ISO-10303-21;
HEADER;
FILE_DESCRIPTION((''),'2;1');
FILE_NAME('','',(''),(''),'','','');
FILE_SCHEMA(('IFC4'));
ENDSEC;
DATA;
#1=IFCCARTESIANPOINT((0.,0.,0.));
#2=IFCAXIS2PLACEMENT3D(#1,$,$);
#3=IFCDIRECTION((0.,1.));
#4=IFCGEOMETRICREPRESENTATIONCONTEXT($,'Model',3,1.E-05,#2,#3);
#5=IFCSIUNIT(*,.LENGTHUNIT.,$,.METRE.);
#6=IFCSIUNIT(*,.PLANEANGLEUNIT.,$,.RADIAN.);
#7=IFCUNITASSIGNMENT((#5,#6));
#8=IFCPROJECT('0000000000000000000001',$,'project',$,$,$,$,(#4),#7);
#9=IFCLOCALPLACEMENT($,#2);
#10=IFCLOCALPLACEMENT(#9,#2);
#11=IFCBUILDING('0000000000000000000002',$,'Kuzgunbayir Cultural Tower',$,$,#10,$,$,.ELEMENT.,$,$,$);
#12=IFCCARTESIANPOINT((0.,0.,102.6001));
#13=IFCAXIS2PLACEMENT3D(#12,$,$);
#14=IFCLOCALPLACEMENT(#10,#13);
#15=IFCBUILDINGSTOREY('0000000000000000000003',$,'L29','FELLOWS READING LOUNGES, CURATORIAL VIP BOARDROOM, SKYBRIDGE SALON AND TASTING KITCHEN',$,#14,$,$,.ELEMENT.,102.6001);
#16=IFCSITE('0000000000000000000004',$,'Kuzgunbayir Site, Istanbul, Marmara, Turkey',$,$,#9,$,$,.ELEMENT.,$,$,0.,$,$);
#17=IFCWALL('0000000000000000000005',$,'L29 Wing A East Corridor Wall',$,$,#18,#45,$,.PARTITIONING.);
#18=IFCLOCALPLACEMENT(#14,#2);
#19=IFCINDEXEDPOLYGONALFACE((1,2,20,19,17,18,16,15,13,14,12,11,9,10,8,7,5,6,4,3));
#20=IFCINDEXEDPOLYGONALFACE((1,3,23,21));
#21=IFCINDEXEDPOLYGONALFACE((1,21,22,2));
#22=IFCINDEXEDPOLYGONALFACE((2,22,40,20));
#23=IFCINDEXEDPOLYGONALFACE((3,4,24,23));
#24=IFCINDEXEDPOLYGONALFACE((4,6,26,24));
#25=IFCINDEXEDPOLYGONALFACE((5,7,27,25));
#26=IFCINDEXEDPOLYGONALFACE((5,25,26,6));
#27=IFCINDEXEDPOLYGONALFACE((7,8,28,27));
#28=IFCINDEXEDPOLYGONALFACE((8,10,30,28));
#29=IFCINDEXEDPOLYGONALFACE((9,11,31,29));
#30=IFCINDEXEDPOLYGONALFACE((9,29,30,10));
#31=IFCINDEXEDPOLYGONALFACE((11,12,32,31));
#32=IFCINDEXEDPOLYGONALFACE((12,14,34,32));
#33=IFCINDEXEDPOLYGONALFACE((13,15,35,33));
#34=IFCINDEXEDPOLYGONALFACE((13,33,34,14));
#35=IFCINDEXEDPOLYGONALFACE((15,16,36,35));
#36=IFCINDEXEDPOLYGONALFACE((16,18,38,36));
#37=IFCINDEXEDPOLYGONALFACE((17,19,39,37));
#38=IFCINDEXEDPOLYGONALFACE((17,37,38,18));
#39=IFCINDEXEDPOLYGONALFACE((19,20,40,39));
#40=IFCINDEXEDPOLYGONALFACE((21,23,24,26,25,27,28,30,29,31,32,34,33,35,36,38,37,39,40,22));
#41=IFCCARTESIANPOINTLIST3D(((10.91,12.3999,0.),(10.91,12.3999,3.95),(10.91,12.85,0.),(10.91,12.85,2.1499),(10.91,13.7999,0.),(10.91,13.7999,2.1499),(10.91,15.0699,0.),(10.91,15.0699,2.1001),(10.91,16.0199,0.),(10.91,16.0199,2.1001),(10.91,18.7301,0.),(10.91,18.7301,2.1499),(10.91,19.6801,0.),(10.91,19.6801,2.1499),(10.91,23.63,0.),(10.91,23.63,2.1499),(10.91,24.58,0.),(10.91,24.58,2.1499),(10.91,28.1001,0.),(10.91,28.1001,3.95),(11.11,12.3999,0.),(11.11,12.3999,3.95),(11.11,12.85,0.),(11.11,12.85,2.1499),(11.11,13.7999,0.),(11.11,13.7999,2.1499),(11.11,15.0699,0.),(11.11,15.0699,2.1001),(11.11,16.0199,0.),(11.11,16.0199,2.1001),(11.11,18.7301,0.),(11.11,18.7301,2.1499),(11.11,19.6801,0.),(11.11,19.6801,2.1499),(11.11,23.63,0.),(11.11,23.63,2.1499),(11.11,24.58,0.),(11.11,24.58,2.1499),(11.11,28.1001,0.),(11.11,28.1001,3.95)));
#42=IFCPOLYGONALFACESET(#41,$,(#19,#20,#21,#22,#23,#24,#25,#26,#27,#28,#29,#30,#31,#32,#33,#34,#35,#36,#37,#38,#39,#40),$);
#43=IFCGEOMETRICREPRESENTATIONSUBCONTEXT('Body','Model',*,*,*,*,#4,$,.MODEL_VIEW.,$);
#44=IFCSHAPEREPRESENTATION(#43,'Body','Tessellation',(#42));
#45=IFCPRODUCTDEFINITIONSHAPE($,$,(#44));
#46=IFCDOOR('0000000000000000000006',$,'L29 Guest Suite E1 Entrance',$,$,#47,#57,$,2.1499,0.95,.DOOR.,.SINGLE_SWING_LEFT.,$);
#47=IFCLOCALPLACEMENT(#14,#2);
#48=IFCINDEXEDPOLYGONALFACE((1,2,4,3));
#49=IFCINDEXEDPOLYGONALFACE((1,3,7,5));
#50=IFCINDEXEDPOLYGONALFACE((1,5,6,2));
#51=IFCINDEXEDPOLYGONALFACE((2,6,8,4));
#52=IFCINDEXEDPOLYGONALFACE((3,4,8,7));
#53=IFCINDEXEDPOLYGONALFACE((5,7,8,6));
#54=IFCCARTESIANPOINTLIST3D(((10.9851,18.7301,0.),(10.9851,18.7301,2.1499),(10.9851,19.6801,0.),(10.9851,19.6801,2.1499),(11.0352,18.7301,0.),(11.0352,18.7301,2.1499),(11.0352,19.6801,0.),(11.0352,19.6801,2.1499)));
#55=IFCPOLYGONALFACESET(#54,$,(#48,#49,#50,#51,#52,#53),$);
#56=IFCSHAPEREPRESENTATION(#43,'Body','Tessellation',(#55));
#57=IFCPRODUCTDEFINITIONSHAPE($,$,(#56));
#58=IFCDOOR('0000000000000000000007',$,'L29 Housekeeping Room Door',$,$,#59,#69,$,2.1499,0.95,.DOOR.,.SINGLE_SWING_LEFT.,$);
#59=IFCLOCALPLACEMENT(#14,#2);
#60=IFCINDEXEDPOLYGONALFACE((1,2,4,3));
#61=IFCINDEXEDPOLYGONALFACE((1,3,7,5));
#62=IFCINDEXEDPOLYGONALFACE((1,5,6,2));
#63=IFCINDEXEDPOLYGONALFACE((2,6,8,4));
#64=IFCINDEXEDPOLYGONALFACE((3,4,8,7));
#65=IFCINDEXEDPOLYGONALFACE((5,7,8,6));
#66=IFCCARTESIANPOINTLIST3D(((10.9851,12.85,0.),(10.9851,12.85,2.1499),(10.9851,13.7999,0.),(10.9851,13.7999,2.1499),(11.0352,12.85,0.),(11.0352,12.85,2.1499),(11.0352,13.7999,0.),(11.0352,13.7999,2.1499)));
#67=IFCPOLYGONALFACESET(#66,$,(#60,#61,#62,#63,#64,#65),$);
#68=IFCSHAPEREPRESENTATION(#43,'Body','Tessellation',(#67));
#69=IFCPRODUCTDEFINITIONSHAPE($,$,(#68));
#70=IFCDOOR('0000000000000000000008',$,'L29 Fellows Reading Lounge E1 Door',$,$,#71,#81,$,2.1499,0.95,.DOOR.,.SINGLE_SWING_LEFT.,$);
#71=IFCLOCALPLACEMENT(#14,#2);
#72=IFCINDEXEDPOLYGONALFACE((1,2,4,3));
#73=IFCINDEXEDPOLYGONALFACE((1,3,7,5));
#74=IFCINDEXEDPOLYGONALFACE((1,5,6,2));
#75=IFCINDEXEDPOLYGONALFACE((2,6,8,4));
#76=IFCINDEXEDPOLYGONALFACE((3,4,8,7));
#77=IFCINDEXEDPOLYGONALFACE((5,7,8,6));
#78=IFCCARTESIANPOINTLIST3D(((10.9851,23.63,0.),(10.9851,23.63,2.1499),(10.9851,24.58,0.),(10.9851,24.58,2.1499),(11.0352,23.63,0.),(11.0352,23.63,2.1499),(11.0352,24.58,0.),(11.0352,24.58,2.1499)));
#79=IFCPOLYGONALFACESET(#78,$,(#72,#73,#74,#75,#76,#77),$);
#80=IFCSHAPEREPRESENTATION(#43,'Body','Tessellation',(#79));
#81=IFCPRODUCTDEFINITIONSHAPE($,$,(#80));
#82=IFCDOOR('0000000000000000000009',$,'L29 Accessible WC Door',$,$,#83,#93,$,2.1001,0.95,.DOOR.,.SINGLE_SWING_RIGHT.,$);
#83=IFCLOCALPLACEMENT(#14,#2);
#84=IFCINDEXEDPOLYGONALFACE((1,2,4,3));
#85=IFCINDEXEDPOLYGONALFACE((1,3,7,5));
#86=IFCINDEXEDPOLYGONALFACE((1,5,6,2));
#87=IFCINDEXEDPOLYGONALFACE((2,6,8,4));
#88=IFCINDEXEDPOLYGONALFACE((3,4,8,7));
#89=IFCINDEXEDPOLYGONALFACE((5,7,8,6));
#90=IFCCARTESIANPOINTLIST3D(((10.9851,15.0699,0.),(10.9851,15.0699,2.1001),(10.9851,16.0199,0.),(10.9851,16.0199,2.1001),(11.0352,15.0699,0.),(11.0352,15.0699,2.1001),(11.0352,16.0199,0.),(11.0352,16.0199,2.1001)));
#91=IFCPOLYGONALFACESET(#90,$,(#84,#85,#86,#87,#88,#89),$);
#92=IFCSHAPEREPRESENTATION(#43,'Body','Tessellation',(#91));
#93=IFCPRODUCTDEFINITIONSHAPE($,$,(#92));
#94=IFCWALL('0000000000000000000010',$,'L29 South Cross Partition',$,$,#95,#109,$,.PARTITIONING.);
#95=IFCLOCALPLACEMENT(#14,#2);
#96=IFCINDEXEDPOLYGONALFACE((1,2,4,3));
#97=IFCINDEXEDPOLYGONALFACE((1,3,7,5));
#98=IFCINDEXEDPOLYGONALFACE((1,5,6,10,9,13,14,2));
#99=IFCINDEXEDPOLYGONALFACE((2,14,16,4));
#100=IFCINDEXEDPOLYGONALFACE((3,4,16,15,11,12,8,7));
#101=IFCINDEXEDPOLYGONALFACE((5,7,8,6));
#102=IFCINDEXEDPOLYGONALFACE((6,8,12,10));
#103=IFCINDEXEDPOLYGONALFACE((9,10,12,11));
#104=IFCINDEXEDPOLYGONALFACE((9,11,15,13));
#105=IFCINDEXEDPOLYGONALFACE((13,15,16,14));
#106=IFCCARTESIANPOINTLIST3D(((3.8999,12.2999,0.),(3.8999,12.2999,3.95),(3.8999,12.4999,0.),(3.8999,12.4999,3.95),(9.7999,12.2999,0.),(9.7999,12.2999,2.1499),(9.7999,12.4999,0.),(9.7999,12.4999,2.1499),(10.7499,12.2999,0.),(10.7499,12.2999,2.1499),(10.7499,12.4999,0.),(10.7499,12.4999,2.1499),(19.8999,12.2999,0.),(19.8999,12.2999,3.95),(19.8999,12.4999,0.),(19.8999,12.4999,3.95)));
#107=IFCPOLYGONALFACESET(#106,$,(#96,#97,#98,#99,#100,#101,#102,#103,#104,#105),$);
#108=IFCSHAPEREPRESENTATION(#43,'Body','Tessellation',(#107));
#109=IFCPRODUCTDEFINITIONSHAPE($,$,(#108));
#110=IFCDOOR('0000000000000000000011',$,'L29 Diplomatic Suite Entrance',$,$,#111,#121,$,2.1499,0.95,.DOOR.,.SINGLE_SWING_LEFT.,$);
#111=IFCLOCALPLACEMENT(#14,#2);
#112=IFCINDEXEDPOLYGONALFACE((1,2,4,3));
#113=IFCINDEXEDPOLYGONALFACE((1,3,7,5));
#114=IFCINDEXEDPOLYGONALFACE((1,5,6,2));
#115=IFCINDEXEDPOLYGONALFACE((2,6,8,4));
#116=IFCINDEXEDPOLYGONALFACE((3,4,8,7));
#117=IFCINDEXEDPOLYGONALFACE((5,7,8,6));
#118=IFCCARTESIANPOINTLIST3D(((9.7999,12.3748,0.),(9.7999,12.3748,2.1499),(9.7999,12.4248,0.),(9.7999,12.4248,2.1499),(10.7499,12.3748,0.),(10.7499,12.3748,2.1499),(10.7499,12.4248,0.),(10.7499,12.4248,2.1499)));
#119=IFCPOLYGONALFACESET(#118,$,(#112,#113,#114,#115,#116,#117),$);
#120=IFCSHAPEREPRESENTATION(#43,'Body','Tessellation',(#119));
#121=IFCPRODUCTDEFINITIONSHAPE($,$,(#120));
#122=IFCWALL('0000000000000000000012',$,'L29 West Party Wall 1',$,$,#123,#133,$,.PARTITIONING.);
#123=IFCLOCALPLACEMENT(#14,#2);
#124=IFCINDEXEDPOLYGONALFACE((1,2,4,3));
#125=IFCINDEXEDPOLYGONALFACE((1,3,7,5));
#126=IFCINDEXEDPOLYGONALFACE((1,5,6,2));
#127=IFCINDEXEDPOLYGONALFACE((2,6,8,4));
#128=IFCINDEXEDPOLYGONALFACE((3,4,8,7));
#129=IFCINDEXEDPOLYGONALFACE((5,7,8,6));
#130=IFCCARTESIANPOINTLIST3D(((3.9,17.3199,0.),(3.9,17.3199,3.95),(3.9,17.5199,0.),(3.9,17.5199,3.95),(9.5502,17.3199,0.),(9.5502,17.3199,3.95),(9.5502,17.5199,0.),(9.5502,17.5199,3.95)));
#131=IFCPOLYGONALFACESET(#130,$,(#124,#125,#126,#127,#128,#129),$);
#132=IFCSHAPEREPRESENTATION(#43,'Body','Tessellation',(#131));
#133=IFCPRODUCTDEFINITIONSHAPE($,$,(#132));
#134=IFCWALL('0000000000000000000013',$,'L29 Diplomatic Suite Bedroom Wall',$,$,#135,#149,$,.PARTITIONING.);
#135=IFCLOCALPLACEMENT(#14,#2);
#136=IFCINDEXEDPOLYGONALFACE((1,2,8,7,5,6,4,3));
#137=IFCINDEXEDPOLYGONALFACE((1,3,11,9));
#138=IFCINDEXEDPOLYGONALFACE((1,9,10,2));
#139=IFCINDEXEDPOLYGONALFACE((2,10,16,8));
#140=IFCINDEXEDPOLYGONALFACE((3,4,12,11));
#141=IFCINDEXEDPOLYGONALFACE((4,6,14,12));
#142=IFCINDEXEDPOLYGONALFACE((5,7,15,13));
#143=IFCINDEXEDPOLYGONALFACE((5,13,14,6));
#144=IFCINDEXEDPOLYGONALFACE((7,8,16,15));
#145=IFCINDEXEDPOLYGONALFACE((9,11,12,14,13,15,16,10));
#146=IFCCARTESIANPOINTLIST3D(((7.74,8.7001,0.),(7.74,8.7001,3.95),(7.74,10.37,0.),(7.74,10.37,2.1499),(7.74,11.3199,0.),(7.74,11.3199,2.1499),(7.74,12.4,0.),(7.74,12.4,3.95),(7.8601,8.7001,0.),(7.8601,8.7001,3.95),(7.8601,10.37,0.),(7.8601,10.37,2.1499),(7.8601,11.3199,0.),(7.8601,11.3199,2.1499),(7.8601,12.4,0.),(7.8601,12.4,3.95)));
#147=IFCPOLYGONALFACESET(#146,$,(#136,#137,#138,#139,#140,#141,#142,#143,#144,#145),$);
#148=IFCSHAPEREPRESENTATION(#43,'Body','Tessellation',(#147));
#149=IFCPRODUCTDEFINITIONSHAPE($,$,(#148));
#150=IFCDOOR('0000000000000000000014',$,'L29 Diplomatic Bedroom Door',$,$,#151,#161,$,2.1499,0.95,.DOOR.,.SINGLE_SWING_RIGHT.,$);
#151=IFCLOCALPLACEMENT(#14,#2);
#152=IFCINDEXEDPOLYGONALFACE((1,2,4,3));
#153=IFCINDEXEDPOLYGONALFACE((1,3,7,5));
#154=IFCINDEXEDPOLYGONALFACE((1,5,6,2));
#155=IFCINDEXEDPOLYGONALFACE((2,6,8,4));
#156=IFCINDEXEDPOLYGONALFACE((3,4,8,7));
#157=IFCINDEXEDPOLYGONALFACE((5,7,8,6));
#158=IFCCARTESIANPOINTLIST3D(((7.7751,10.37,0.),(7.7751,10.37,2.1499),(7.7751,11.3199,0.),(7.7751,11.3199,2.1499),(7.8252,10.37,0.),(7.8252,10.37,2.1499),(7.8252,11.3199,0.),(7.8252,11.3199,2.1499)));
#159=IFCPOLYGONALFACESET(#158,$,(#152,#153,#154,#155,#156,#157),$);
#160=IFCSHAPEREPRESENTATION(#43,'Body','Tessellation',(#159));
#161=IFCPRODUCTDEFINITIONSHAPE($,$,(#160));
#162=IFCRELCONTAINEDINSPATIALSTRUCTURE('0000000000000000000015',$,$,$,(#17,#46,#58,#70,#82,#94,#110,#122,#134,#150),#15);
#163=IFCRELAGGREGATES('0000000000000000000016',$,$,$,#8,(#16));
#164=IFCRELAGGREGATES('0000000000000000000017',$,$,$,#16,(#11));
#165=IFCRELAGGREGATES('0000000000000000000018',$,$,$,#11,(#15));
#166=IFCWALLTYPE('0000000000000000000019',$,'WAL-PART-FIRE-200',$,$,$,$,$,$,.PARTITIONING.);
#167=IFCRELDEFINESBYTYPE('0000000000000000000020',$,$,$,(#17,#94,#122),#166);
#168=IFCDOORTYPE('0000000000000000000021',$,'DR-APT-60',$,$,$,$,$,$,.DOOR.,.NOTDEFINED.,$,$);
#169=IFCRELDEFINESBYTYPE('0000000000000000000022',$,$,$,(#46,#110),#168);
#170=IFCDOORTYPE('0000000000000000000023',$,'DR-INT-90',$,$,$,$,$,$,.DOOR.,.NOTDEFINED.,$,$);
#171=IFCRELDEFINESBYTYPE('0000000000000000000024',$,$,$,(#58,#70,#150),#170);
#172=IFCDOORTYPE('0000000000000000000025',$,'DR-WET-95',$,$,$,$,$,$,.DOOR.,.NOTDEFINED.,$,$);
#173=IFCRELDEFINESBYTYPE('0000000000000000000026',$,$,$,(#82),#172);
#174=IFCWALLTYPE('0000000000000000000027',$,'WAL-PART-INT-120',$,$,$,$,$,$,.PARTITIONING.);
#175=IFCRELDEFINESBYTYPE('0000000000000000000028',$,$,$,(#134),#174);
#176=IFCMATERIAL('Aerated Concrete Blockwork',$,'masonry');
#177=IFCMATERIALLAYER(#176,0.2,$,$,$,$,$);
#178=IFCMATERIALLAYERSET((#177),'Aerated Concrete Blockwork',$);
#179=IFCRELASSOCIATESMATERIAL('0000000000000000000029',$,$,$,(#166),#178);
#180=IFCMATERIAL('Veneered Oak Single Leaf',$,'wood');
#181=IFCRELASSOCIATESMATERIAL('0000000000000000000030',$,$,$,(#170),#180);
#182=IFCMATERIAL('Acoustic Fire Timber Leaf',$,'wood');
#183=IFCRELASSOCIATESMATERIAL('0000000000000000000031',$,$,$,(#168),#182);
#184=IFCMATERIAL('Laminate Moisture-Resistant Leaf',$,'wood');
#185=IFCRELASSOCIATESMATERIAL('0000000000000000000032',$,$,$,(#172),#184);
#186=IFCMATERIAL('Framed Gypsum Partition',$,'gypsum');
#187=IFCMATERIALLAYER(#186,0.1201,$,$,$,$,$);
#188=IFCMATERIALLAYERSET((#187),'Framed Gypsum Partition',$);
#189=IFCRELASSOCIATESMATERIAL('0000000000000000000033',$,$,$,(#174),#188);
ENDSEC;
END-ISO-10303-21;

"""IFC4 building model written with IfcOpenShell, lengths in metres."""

from ifc_helpers import new_model, si_unit, direction, frame, frame_2d, origin, place, context, subcontext, project, spatial, rectangle, extrude, material, layer, layer_set, type_object, element, fill, save


model = new_model("IFC4")

# Units and contexts
model_context = context("Model", 3, precision=1e-05, world=origin(), true_north=direction((0.0, 1.0)))
body_context = subcontext(model_context, "Body", "Model", "MODEL_VIEW")
ifc_project = project(units=[si_unit("LENGTHUNIT", "METRE"), si_unit("PLANEANGLEUNIT", "RADIAN")], contexts=[model_context])

# Site, building, storey
site_placement = place(None, origin())
site = spatial("IfcSite", under=ifc_project, at=site_placement, Name="Kuzgunbayir Site, Istanbul, Marmara, Turkey", CompositionType="ELEMENT", RefElevation=0.0)
building_placement = place(site_placement, origin())
building = spatial("IfcBuilding", under=site, at=building_placement, Name="Kuzgunbayir Cultural Tower", CompositionType="ELEMENT")
storey_placement = place(building_placement, frame((0.0, 0.0, 102.6001)))
storey = spatial("IfcBuildingStorey", under=building, at=storey_placement, Name="L29", Description="FELLOWS READING LOUNGES, CURATORIAL VIP BOARDROOM, SKYBRIDGE SALON AND TASTING KITCHEN", CompositionType="ELEMENT", Elevation=102.6001)

# Wall, openings, doors
ifc_material_1 = material(Name="Aerated Concrete Blockwork", Category="masonry")
ifc_layer_1 = layer(ifc_material_1, 0.2)
ifc_layer_set_1 = layer_set([ifc_layer_1], Name="Aerated Concrete Blockwork")
wall_type_1 = type_object("IfcWallType", Name="WAL-PART-FIRE-200", PredefinedType="PARTITIONING", material=ifc_layer_set_1)
ifc_material_2 = material(Name="Veneered Oak Single Leaf", Category="wood")
door_type_1 = type_object("IfcDoorType", Name="DR-INT-90", OperationType="NOTDEFINED", PredefinedType="DOOR", material=ifc_material_2)
wall_1_placement = place(storey_placement, frame((11.01, 12.3999, 0.0), z_axis=(0.0, 0.0, 1.0), x_axis=(0.0, 1.0, 0.0)))
wall_1 = element("IfcWall", 1, at=wall_1_placement, inside=storey, type_object=wall_type_1, Name="L29 Wing A East Corridor Wall", PredefinedType="PARTITIONING", context=body_context, shape_type="SweptSolid", body=[
    extrude(rectangle(XDim=15.7002, YDim=0.2, at=frame_2d((7.8501, 0.0))), origin(), (0.0, 0.0, 1.0), 3.95),
])
opening_1_placement = place(wall_1_placement, frame((0.45, 0.0, 0.0)))
opening_1 = element("IfcOpeningElement", 2, at=opening_1_placement, cuts=wall_1, PredefinedType="OPENING", context=body_context, shape_type="SweptSolid", body=[
    extrude(rectangle(XDim=0.95, YDim=2.1499, at=frame_2d((0.4751, 1.075))), frame((0.0, 0.1099, 0.0), z_axis=(0.0, -1.0, 0.0), x_axis=(1.0, 0.0, 0.0)), (0.0, 0.0, 1.0), 0.22),
])
opening_2_placement = place(wall_1_placement, frame((2.6699, 0.0, 0.0)))
opening_2 = element("IfcOpeningElement", 3, at=opening_2_placement, cuts=wall_1, PredefinedType="OPENING", context=body_context, shape_type="SweptSolid", body=[
    extrude(rectangle(XDim=0.95, YDim=2.1001, at=frame_2d((0.4751, 1.05))), frame((0.0, 0.1099, 0.0), z_axis=(0.0, -1.0, 0.0), x_axis=(1.0, 0.0, 0.0)), (0.0, 0.0, 1.0), 0.22),
])
opening_3_placement = place(wall_1_placement, frame((11.23, 0.0, 0.0)))
opening_3 = element("IfcOpeningElement", 4, at=opening_3_placement, cuts=wall_1, PredefinedType="OPENING", context=body_context, shape_type="SweptSolid", body=[
    extrude(rectangle(XDim=0.95, YDim=2.1499, at=frame_2d((0.4751, 1.075))), frame((0.0, 0.1099, 0.0), z_axis=(0.0, -1.0, 0.0), x_axis=(1.0, 0.0, 0.0)), (0.0, 0.0, 1.0), 0.22),
])
opening_4_placement = place(wall_1_placement, frame((6.3301, 0.0, 0.0)))
opening_4 = element("IfcOpeningElement", 5, at=opening_4_placement, cuts=wall_1, PredefinedType="OPENING", context=body_context, shape_type="SweptSolid", body=[
    extrude(rectangle(XDim=0.95, YDim=2.1499, at=frame_2d((0.4751, 1.075))), frame((0.0, 0.1099, 0.0), z_axis=(0.0, -1.0, 0.0), x_axis=(1.0, 0.0, 0.0)), (0.0, 0.0, 1.0), 0.22),
])
ifc_material_3 = material(Name="Acoustic Fire Timber Leaf", Category="wood")
door_type_2 = type_object("IfcDoorType", Name="DR-APT-60", OperationType="NOTDEFINED", PredefinedType="DOOR", material=ifc_material_3)
door_1_placement = place(opening_4_placement, origin())
door_1 = element("IfcDoor", 6, at=door_1_placement, inside=storey, type_object=door_type_2, Name="L29 Guest Suite E1 Entrance", OperationType="SINGLE_SWING_LEFT", OverallHeight=2.1499, OverallWidth=0.95, PredefinedType="DOOR", context=body_context, shape_type="SweptSolid", body=[
    extrude(rectangle(XDim=0.95, YDim=2.1499, at=frame_2d((0.4751, 1.075))), frame((0.0, 0.0249, 0.0), z_axis=(0.0, -1.0, 0.0), x_axis=(1.0, 0.0, 0.0)), (0.0, 0.0, 1.0), 0.05),
])
fill(opening_4, door_1)
door_2_placement = place(opening_1_placement, origin())
door_2 = element("IfcDoor", 7, at=door_2_placement, inside=storey, type_object=door_type_1, Name="L29 Housekeeping Room Door", OperationType="SINGLE_SWING_LEFT", OverallHeight=2.1499, OverallWidth=0.95, PredefinedType="DOOR", context=body_context, shape_type="SweptSolid", body=[
    extrude(rectangle(XDim=0.95, YDim=2.1499, at=frame_2d((0.4751, 1.075))), frame((0.0, 0.0249, 0.0), z_axis=(0.0, -1.0, 0.0), x_axis=(1.0, 0.0, 0.0)), (0.0, 0.0, 1.0), 0.05),
])
fill(opening_1, door_2)
door_3_placement = place(opening_3_placement, origin())
door_3 = element("IfcDoor", 8, at=door_3_placement, inside=storey, type_object=door_type_1, Name="L29 Fellows Reading Lounge E1 Door", OperationType="SINGLE_SWING_LEFT", OverallHeight=2.1499, OverallWidth=0.95, PredefinedType="DOOR", context=body_context, shape_type="SweptSolid", body=[
    extrude(rectangle(XDim=0.95, YDim=2.1499, at=frame_2d((0.4751, 1.075))), frame((0.0, 0.0249, 0.0), z_axis=(0.0, -1.0, 0.0), x_axis=(1.0, 0.0, 0.0)), (0.0, 0.0, 1.0), 0.05),
])
fill(opening_3, door_3)
ifc_material_4 = material(Name="Laminate Moisture-Resistant Leaf", Category="wood")
door_type_3 = type_object("IfcDoorType", Name="DR-WET-95", OperationType="NOTDEFINED", PredefinedType="DOOR", material=ifc_material_4)
door_4_placement = place(opening_2_placement, origin())
door_4 = element("IfcDoor", 9, at=door_4_placement, inside=storey, type_object=door_type_3, Name="L29 Accessible WC Door", OperationType="SINGLE_SWING_RIGHT", OverallHeight=2.1001, OverallWidth=0.95, PredefinedType="DOOR", context=body_context, shape_type="SweptSolid", body=[
    extrude(rectangle(XDim=0.95, YDim=2.1001, at=frame_2d((0.4751, 1.05))), frame((0.0, 0.0249, 0.0), z_axis=(0.0, -1.0, 0.0), x_axis=(1.0, 0.0, 0.0)), (0.0, 0.0, 1.0), 0.05),
])
fill(opening_2, door_4)

# Wall, opening, door
wall_2_placement = place(storey_placement, frame((3.8999, 12.3999, 0.0), z_axis=(0.0, 0.0, 1.0), x_axis=(1.0, 0.0, 0.0)))
wall_2 = element("IfcWall", 10, at=wall_2_placement, inside=storey, type_object=wall_type_1, Name="L29 South Cross Partition", PredefinedType="PARTITIONING", context=body_context, shape_type="SweptSolid", body=[
    extrude(rectangle(XDim=16.0, YDim=0.2, at=frame_2d((8.0, 0.0))), origin(), (0.0, 0.0, 1.0), 3.95),
])
opening_5_placement = place(wall_2_placement, frame((5.8999, 0.0, 0.0)))
opening_5 = element("IfcOpeningElement", 11, at=opening_5_placement, cuts=wall_2, PredefinedType="OPENING", context=body_context, shape_type="SweptSolid", body=[
    extrude(rectangle(XDim=0.95, YDim=2.1499, at=frame_2d((0.4751, 1.075))), frame((0.0, 0.1099, 0.0), z_axis=(0.0, -1.0, 0.0), x_axis=(1.0, 0.0, 0.0)), (0.0, 0.0, 1.0), 0.22),
])
door_5_placement = place(opening_5_placement, origin())
door_5 = element("IfcDoor", 12, at=door_5_placement, inside=storey, type_object=door_type_2, Name="L29 Diplomatic Suite Entrance", OperationType="SINGLE_SWING_LEFT", OverallHeight=2.1499, OverallWidth=0.95, PredefinedType="DOOR", context=body_context, shape_type="SweptSolid", body=[
    extrude(rectangle(XDim=0.95, YDim=2.1499, at=frame_2d((0.4751, 1.075))), frame((0.0, 0.0249, 0.0), z_axis=(0.0, -1.0, 0.0), x_axis=(1.0, 0.0, 0.0)), (0.0, 0.0, 1.0), 0.05),
])
fill(opening_5, door_5)

# Wall
wall_3_placement = place(storey_placement, frame((3.8999, 17.4199, 0.0), z_axis=(0.0, 0.0, 1.0), x_axis=(1.0, 0.0, 0.0)))
element("IfcWall", 13, at=wall_3_placement, inside=storey, type_object=wall_type_1, Name="L29 West Party Wall 1", PredefinedType="PARTITIONING", context=body_context, shape_type="SweptSolid", body=[
    extrude(rectangle(XDim=5.6501, YDim=0.2, at=frame_2d((2.8252, 0.0))), origin(), (0.0, 0.0, 1.0), 3.95),
])

# Wall, opening, door
ifc_material_5 = material(Name="Framed Gypsum Partition", Category="gypsum")
ifc_layer_2 = layer(ifc_material_5, 0.1201)
ifc_layer_set_2 = layer_set([ifc_layer_2], Name="Framed Gypsum Partition")
wall_type_2 = type_object("IfcWallType", Name="WAL-PART-INT-120", PredefinedType="PARTITIONING", material=ifc_layer_set_2)
wall_4_placement = place(storey_placement, frame((7.8, 8.7, 0.0), z_axis=(0.0, 0.0, 1.0), x_axis=(0.0, 1.0, 0.0)))
wall_4 = element("IfcWall", 14, at=wall_4_placement, inside=storey, type_object=wall_type_2, Name="L29 Diplomatic Suite Bedroom Wall", PredefinedType="PARTITIONING", context=body_context, shape_type="SweptSolid", body=[
    extrude(rectangle(XDim=3.7, YDim=0.1201, at=frame_2d((1.8501, 0.0))), origin(), (0.0, 0.0, 1.0), 3.95),
])
opening_6_placement = place(wall_4_placement, frame((1.6699, 0.0, 0.0)))
opening_6 = element("IfcOpeningElement", 15, at=opening_6_placement, cuts=wall_4, PredefinedType="OPENING", context=body_context, shape_type="SweptSolid", body=[
    extrude(rectangle(XDim=0.95, YDim=2.1499, at=frame_2d((0.4751, 1.075))), frame((0.0, 0.0701, 0.0), z_axis=(0.0, -1.0, 0.0), x_axis=(1.0, 0.0, 0.0)), (0.0, 0.0, 1.0), 0.1401),
])
door_6_placement = place(opening_6_placement, origin())
door_6 = element("IfcDoor", 16, at=door_6_placement, inside=storey, type_object=door_type_1, Name="L29 Diplomatic Bedroom Door", OperationType="SINGLE_SWING_RIGHT", OverallHeight=2.1499, OverallWidth=0.95, PredefinedType="DOOR", context=body_context, shape_type="SweptSolid", body=[
    extrude(rectangle(XDim=0.95, YDim=2.1499, at=frame_2d((0.4751, 1.075))), frame((0.0, 0.0249, 0.0), z_axis=(0.0, -1.0, 0.0), x_axis=(1.0, 0.0, 0.0)), (0.0, 0.0, 1.0), 0.05),
])
fill(opening_6, door_6)

save(model, "model.ifc")
